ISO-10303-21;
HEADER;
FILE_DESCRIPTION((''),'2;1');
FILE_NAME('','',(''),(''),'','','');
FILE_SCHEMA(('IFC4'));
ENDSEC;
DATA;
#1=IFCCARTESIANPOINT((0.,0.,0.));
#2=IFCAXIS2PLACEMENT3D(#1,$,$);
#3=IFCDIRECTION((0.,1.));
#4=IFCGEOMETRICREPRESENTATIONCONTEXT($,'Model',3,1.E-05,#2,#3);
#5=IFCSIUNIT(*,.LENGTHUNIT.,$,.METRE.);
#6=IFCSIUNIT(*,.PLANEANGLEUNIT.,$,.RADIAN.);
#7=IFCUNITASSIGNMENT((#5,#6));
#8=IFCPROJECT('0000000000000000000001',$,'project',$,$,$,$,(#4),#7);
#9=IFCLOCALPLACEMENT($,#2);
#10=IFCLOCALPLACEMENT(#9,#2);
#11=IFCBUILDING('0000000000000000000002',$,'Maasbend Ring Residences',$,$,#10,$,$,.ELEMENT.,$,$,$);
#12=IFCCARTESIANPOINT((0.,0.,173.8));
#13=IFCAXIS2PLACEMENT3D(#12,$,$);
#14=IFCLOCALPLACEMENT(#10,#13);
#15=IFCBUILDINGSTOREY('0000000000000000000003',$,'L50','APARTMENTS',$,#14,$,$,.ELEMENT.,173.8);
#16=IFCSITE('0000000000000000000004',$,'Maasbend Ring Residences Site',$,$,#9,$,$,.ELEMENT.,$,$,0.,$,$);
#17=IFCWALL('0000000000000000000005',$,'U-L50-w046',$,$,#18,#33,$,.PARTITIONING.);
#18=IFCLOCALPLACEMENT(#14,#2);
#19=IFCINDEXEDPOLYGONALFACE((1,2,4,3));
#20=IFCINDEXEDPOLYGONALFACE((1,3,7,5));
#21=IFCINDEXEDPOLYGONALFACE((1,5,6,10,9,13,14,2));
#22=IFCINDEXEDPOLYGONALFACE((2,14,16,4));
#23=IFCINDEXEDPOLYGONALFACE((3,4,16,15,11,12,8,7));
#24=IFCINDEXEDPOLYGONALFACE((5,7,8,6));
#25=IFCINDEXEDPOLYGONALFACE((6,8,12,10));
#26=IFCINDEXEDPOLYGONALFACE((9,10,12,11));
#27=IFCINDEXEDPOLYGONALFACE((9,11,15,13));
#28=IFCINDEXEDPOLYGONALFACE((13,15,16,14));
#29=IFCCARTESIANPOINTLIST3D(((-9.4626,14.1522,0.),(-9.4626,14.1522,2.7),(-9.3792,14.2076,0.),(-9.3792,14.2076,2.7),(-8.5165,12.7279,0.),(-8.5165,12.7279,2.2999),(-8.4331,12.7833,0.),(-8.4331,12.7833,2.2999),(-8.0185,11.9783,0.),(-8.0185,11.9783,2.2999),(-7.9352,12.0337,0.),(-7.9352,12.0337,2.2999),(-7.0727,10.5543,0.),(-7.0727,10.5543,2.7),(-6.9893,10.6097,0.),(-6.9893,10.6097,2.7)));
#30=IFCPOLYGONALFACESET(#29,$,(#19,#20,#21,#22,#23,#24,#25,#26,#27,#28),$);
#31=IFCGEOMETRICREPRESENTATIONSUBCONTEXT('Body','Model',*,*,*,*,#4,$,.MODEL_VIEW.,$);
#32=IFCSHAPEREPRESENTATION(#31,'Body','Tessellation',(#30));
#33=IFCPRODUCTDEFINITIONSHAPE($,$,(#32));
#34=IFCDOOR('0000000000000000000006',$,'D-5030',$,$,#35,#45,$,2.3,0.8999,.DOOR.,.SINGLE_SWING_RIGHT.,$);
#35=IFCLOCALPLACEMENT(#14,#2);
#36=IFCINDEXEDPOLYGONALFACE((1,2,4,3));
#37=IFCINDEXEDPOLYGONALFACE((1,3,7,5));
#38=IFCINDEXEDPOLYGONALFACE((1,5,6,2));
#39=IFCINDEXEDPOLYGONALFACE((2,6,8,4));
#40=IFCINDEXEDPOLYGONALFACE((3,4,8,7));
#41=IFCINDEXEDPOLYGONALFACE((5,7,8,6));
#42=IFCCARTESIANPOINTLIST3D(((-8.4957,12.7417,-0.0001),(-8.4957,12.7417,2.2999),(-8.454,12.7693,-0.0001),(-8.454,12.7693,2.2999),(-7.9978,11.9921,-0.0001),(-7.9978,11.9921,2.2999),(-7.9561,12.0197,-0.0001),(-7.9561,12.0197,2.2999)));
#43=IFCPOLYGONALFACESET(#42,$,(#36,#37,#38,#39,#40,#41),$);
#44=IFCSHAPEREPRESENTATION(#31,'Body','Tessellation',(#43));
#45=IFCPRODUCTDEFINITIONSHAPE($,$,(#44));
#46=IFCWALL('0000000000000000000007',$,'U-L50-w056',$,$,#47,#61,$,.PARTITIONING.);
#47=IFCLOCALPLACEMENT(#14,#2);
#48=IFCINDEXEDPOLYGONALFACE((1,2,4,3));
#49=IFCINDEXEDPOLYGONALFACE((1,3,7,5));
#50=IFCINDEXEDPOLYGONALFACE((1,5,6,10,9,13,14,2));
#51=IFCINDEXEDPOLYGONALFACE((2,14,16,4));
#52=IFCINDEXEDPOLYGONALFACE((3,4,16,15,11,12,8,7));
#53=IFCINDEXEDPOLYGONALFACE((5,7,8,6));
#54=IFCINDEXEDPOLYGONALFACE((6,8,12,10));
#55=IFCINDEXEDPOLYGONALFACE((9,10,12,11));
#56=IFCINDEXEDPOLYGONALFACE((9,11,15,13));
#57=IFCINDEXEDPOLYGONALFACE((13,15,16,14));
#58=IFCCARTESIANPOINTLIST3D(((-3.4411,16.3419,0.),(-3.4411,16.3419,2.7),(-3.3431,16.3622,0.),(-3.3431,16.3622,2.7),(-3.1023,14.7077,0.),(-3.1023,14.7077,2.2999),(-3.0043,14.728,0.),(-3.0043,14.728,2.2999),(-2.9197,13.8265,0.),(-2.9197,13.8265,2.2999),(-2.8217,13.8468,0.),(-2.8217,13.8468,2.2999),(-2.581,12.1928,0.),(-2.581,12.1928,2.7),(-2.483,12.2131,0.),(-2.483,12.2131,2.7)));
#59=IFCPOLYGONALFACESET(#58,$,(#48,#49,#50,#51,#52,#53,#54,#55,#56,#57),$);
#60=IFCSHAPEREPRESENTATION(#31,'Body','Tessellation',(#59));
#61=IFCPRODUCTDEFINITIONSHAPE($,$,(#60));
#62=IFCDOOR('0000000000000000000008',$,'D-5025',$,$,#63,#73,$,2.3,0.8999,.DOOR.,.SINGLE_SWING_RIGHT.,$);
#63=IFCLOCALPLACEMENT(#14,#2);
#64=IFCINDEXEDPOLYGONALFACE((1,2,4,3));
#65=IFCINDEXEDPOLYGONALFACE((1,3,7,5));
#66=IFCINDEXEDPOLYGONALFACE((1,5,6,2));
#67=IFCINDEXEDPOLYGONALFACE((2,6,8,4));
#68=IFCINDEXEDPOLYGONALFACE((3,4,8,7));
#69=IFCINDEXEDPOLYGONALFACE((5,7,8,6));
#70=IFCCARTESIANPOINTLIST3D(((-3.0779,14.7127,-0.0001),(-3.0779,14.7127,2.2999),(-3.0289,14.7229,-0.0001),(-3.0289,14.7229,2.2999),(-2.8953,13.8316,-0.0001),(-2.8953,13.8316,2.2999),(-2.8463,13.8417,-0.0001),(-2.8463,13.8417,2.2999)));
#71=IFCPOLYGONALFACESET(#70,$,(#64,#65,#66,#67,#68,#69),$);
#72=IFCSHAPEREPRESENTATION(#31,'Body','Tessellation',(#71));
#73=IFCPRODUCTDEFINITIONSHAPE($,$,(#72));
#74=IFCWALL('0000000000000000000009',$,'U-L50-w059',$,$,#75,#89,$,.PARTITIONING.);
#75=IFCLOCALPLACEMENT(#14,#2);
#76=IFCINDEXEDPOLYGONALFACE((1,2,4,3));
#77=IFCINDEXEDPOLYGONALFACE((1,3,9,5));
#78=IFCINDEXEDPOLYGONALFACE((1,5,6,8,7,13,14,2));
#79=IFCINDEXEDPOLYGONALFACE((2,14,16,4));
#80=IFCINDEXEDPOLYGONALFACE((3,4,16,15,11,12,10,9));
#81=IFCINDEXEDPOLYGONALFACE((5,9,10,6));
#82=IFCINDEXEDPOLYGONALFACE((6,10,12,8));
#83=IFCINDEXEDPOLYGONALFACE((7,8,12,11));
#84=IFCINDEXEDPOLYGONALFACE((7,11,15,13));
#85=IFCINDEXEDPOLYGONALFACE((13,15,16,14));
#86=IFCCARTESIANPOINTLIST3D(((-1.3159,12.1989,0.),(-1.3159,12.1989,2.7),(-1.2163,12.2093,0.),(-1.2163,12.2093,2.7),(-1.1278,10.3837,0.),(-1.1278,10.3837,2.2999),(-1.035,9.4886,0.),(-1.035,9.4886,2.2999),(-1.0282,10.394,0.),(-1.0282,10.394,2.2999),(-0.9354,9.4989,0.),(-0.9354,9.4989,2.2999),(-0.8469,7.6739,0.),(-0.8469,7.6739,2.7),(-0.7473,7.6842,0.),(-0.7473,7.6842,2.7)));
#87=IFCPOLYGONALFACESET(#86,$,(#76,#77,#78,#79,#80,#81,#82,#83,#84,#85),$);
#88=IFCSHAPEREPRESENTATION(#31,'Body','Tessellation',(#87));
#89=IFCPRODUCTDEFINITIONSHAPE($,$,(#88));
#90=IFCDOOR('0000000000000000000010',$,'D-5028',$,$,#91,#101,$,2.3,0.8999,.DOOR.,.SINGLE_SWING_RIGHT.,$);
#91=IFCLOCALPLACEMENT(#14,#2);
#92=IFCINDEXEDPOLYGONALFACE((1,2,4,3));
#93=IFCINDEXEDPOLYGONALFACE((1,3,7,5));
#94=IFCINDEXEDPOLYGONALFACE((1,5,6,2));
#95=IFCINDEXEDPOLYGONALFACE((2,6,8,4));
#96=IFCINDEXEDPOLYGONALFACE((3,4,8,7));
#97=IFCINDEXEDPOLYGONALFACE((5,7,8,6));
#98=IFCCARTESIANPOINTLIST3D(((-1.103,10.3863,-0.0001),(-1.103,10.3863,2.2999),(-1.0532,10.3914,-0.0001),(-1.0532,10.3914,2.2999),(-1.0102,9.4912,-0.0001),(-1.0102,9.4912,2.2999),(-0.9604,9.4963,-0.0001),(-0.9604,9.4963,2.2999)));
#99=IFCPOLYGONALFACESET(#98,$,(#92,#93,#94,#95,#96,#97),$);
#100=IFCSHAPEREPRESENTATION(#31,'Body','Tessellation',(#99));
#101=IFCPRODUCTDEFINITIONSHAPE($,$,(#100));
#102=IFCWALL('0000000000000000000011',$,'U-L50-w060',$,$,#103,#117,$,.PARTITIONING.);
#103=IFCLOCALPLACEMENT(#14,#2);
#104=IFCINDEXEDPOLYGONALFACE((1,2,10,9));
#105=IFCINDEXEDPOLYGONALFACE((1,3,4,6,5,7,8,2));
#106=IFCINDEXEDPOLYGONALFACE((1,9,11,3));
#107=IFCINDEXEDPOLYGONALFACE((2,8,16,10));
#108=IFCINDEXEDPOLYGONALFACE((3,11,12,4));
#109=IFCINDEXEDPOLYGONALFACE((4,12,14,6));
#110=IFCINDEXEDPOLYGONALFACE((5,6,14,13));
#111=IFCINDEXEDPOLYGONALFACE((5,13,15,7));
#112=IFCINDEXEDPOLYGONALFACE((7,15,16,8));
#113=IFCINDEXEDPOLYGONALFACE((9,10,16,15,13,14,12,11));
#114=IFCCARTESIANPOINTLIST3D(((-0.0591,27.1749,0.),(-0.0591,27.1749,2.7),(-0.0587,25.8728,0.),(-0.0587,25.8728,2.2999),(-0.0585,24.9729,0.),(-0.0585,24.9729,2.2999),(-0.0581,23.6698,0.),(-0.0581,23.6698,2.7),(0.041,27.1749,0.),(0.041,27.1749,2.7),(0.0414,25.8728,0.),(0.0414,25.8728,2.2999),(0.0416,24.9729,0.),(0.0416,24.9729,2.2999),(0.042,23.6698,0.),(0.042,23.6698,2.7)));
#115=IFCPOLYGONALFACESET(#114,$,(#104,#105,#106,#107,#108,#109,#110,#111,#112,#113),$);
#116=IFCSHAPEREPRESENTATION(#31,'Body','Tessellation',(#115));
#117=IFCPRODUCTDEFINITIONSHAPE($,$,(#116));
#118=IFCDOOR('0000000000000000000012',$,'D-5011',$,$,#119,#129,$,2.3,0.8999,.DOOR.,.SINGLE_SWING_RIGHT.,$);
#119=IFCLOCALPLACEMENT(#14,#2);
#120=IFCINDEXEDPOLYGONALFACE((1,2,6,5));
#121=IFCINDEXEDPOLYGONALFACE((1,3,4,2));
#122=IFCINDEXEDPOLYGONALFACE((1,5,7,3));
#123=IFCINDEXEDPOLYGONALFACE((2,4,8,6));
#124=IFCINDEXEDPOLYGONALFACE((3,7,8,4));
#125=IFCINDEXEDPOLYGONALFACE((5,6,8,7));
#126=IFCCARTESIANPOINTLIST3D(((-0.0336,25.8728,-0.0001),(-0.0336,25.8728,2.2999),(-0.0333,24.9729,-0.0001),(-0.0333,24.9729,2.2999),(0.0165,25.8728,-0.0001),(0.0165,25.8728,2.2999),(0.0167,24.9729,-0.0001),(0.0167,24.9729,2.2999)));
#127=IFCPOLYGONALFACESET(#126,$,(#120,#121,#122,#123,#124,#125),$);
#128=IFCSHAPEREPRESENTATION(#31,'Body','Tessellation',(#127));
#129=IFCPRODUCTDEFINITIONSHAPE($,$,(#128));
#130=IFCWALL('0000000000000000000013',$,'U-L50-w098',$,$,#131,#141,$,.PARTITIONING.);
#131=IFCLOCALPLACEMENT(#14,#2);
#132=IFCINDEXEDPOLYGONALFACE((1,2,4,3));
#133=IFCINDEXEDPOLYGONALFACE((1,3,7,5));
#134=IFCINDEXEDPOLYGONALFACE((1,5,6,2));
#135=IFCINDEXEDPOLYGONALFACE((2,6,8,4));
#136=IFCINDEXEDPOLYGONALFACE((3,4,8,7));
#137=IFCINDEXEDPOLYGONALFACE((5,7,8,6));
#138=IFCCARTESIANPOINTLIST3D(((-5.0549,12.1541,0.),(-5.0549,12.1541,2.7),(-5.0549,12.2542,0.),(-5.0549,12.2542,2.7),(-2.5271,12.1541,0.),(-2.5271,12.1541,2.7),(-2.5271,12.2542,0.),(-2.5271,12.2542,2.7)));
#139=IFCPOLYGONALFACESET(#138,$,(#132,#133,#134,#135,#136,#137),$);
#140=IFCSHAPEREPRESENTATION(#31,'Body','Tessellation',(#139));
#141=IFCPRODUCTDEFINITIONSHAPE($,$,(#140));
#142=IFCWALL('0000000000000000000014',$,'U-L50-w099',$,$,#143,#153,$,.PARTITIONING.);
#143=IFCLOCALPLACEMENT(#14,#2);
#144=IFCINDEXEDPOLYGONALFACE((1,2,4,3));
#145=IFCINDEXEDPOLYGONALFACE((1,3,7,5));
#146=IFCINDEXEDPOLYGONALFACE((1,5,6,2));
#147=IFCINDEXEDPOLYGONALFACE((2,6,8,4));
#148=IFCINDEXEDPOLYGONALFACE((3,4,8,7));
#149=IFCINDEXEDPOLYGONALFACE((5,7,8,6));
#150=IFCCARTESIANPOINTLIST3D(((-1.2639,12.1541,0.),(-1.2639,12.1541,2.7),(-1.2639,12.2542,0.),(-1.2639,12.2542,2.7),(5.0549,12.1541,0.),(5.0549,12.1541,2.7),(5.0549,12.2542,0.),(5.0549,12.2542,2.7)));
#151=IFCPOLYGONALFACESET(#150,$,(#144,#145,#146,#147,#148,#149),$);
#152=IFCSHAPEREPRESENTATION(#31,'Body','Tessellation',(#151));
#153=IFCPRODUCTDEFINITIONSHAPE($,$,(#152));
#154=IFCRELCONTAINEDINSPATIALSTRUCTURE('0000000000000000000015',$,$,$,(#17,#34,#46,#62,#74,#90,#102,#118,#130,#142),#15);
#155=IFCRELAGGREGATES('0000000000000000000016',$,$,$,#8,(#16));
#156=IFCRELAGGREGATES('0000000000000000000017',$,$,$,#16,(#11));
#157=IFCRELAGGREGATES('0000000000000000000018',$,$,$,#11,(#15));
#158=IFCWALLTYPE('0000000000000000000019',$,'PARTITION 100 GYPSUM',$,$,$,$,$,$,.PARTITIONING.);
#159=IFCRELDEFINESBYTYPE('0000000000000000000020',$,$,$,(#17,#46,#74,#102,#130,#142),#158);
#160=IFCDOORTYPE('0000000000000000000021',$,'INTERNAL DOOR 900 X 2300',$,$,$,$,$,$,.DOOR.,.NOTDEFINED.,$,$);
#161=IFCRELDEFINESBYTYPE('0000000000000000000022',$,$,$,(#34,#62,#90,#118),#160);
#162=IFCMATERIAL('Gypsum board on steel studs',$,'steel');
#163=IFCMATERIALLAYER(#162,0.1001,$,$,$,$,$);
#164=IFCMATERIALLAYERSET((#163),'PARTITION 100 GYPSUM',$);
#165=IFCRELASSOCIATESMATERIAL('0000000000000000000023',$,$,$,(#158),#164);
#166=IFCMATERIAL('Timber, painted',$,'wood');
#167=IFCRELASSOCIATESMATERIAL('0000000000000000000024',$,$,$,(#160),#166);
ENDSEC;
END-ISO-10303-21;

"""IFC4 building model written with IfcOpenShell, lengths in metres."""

from ifc_helpers import new_model, si_unit, direction, frame, frame_2d, origin, place, context, subcontext, project, spatial, rectangle, extrude, material, layer, layer_set, type_object, element, fill, save


model = new_model("IFC4")

# Units and contexts
model_context = context("Model", 3, precision=1e-05, world=origin(), true_north=direction((0.0, 1.0)))
body_context = subcontext(model_context, "Body", "Model", "MODEL_VIEW")
ifc_project = project(units=[si_unit("LENGTHUNIT", "METRE"), si_unit("PLANEANGLEUNIT", "RADIAN")], contexts=[model_context])

# Site, building, storey
site_placement = place(None, origin())
site = spatial("IfcSite", under=ifc_project, at=site_placement, Name="Maasbend Ring Residences Site", CompositionType="ELEMENT", RefElevation=0.0)
building_placement = place(site_placement, origin())
building = spatial("IfcBuilding", under=site, at=building_placement, Name="Maasbend Ring Residences", CompositionType="ELEMENT")
storey_placement = place(building_placement, frame((0.0, 0.0, 173.8)))
storey = spatial("IfcBuildingStorey", under=building, at=storey_placement, Name="L50", Description="APARTMENTS", CompositionType="ELEMENT", Elevation=173.8)

# Walls, openings, doors
ifc_material_1 = material(Name="Gypsum board on steel studs", Category="steel")
ifc_layer_1 = layer(ifc_material_1, 0.1001)
ifc_layer_set_1 = layer_set([ifc_layer_1], Name="PARTITION 100 GYPSUM")
wall_type_1 = type_object("IfcWallType", Name="PARTITION 100 GYPSUM", PredefinedType="PARTITIONING", material=ifc_layer_set_1)
wall_1_placement = place(storey_placement, frame((-9.4209, 14.1799, 0.0), z_axis=(0.0, 0.0, 1.0), x_axis=(0.553304, -0.83298, 0.0)))
wall_1 = element("IfcWall", 1, at=wall_1_placement, inside=storey, type_object=wall_type_1, Name="U-L50-w046", PredefinedType="PARTITIONING", context=body_context, shape_type="SweptSolid", body=[
    extrude(rectangle(XDim=4.3193, YDim=0.1001, at=frame_2d((2.1597, 0.0))), origin(), (0.0, 0.0, 1.0), 2.7),
])
opening_1_placement = place(wall_1_placement, frame((1.71, 0.0, 0.0)))
opening_1 = element("IfcOpeningElement", 2, at=opening_1_placement, cuts=wall_1, PredefinedType="OPENING", context=body_context, shape_type="SweptSolid", body=[
    extrude(rectangle(XDim=0.8999, YDim=2.3, at=frame_2d((0.45, 1.1499))), frame((0.0, 0.0601, 0.0), z_axis=(0.0, -1.0, 0.0), x_axis=(1.0, 0.0, 0.0)), (0.0, 0.0, 1.0), 0.1201),
])
ifc_material_2 = material(Name="Timber, painted", Category="wood")
door_type_1 = type_object("IfcDoorType", Name="INTERNAL DOOR 900 X 2300", OperationType="NOTDEFINED", PredefinedType="DOOR", material=ifc_material_2)
door_1_placement = place(opening_1_placement, origin())
door_1 = element("IfcDoor", 3, at=door_1_placement, inside=storey, type_object=door_type_1, Name="D-5030", OperationType="SINGLE_SWING_RIGHT", OverallHeight=2.3, OverallWidth=0.8999, PredefinedType="DOOR", context=body_context, shape_type="SweptSolid", body=[
    extrude(rectangle(XDim=0.8999, YDim=2.3, at=frame_2d((0.45, 1.1499))), frame((0.0, 0.0249, 0.0), z_axis=(0.0, -1.0, 0.0), x_axis=(1.0, 0.0, 0.0)), (0.0, 0.0, 1.0), 0.05),
])
fill(opening_1, door_1)
wall_2_placement = place(storey_placement, frame((-3.3921, 16.3521, 0.0), z_axis=(0.0, 0.0, 1.0), x_axis=(0.202981, -0.979183, 0.0)))
wall_2 = element("IfcWall", 4, at=wall_2_placement, inside=storey, type_object=wall_type_1, Name="U-L50-w056", PredefinedType="PARTITIONING", context=body_context, shape_type="SweptSolid", body=[
    extrude(rectangle(XDim=4.2373, YDim=0.1001, at=frame_2d((2.1187, 0.0))), origin(), (0.0, 0.0, 1.0), 2.7),
])
opening_2_placement = place(wall_2_placement, frame((1.6689, 0.0, 0.0)))
opening_2 = element("IfcOpeningElement", 5, at=opening_2_placement, cuts=wall_2, PredefinedType="OPENING", context=body_context, shape_type="SweptSolid", body=[
    extrude(rectangle(XDim=0.8999, YDim=2.3, at=frame_2d((0.45, 1.1499))), frame((0.0, 0.0601, 0.0), z_axis=(0.0, -1.0, 0.0), x_axis=(1.0, 0.0, 0.0)), (0.0, 0.0, 1.0), 0.1201),
])
door_2_placement = place(opening_2_placement, origin())
door_2 = element("IfcDoor", 6, at=door_2_placement, inside=storey, type_object=door_type_1, Name="D-5025", OperationType="SINGLE_SWING_RIGHT", OverallHeight=2.3, OverallWidth=0.8999, PredefinedType="DOOR", context=body_context, shape_type="SweptSolid", body=[
    extrude(rectangle(XDim=0.8999, YDim=2.3, at=frame_2d((0.45, 1.1499))), frame((0.0, 0.0249, 0.0), z_axis=(0.0, -1.0, 0.0), x_axis=(1.0, 0.0, 0.0)), (0.0, 0.0, 1.0), 0.05),
])
fill(opening_2, door_2)
wall_3_placement = place(storey_placement, frame((-1.2661, 12.2041, 0.0), z_axis=(0.0, 0.0, 1.0), x_axis=(0.10309, -0.994672, 0.0)))
wall_3 = element("IfcWall", 7, at=wall_3_placement, inside=storey, type_object=wall_type_1, Name="U-L50-w059", PredefinedType="PARTITIONING", context=body_context, shape_type="SweptSolid", body=[
    extrude(rectangle(XDim=4.5493, YDim=0.1001, at=frame_2d((2.2747, 0.0))), origin(), (0.0, 0.0, 1.0), 2.7),
])
opening_3_placement = place(wall_3_placement, frame((1.825, 0.0, 0.0)))
opening_3 = element("IfcOpeningElement", 8, at=opening_3_placement, cuts=wall_3, PredefinedType="OPENING", context=body_context, shape_type="SweptSolid", body=[
    extrude(rectangle(XDim=0.8999, YDim=2.3, at=frame_2d((0.45, 1.1499))), frame((0.0, 0.0601, 0.0), z_axis=(0.0, -1.0, 0.0), x_axis=(1.0, 0.0, 0.0)), (0.0, 0.0, 1.0), 0.1201),
])
door_3_placement = place(opening_3_placement, origin())
door_3 = element("IfcDoor", 9, at=door_3_placement, inside=storey, type_object=door_type_1, Name="D-5028", OperationType="SINGLE_SWING_RIGHT", OverallHeight=2.3, OverallWidth=0.8999, PredefinedType="DOOR", context=body_context, shape_type="SweptSolid", body=[
    extrude(rectangle(XDim=0.8999, YDim=2.3, at=frame_2d((0.45, 1.1499))), frame((0.0, 0.0249, 0.0), z_axis=(0.0, -1.0, 0.0), x_axis=(1.0, 0.0, 0.0)), (0.0, 0.0, 1.0), 0.05),
])
fill(opening_3, door_3)
wall_4_placement = place(storey_placement, frame((-0.0081, 23.6699, 0.0), z_axis=(0.0, 0.0, 1.0), x_axis=(-0.000279, 1.0, 0.0)))
wall_4 = element("IfcWall", 10, at=wall_4_placement, inside=storey, type_object=wall_type_1, Name="U-L50-w060", PredefinedType="PARTITIONING", context=body_context, shape_type="SweptSolid", body=[
    extrude(rectangle(XDim=3.5051, YDim=0.1001, at=frame_2d((1.7524, 0.0))), origin(), (0.0, 0.0, 1.0), 2.7),
])
opening_4_placement = place(wall_4_placement, frame((1.303, 0.0, 0.0)))
opening_4 = element("IfcOpeningElement", 11, at=opening_4_placement, cuts=wall_4, PredefinedType="OPENING", context=body_context, shape_type="SweptSolid", body=[
    extrude(rectangle(XDim=0.8999, YDim=2.3, at=frame_2d((0.45, 1.1499))), frame((0.0, 0.0601, 0.0), z_axis=(0.0, -1.0, 0.0), x_axis=(1.0, 0.0, 0.0)), (0.0, 0.0, 1.0), 0.1201),
])
door_4_placement = place(opening_4_placement, origin())
door_4 = element("IfcDoor", 12, at=door_4_placement, inside=storey, type_object=door_type_1, Name="D-5011", OperationType="SINGLE_SWING_RIGHT", OverallHeight=2.3, OverallWidth=0.8999, PredefinedType="DOOR", context=body_context, shape_type="SweptSolid", body=[
    extrude(rectangle(XDim=0.8999, YDim=2.3, at=frame_2d((0.45, 1.1499))), frame((0.0, 0.0249, 0.0), z_axis=(0.0, -1.0, 0.0), x_axis=(1.0, 0.0, 0.0)), (0.0, 0.0, 1.0), 0.05),
])
fill(opening_4, door_4)

# Walls
wall_5_placement = place(storey_placement, frame((-5.0549, 12.2041, 0.0), z_axis=(0.0, 0.0, 1.0), x_axis=(1.0, 0.0, 0.0)))
element("IfcWall", 13, at=wall_5_placement, inside=storey, type_object=wall_type_1, Name="U-L50-w098", PredefinedType="PARTITIONING", context=body_context, shape_type="SweptSolid", body=[
    extrude(rectangle(XDim=2.5278, YDim=0.1001, at=frame_2d((1.2639, 0.0))), origin(), (0.0, 0.0, 1.0), 2.7),
])
wall_6_placement = place(storey_placement, frame((-1.2639, 12.2041, 0.0), z_axis=(0.0, 0.0, 1.0), x_axis=(1.0, 0.0, 0.0)))
element("IfcWall", 14, at=wall_6_placement, inside=storey, type_object=wall_type_1, Name="U-L50-w099", PredefinedType="PARTITIONING", context=body_context, shape_type="SweptSolid", body=[
    extrude(rectangle(XDim=6.3188, YDim=0.1001, at=frame_2d((3.1594, 0.0))), origin(), (0.0, 0.0, 1.0), 2.7),
])

save(model, "model.ifc")
